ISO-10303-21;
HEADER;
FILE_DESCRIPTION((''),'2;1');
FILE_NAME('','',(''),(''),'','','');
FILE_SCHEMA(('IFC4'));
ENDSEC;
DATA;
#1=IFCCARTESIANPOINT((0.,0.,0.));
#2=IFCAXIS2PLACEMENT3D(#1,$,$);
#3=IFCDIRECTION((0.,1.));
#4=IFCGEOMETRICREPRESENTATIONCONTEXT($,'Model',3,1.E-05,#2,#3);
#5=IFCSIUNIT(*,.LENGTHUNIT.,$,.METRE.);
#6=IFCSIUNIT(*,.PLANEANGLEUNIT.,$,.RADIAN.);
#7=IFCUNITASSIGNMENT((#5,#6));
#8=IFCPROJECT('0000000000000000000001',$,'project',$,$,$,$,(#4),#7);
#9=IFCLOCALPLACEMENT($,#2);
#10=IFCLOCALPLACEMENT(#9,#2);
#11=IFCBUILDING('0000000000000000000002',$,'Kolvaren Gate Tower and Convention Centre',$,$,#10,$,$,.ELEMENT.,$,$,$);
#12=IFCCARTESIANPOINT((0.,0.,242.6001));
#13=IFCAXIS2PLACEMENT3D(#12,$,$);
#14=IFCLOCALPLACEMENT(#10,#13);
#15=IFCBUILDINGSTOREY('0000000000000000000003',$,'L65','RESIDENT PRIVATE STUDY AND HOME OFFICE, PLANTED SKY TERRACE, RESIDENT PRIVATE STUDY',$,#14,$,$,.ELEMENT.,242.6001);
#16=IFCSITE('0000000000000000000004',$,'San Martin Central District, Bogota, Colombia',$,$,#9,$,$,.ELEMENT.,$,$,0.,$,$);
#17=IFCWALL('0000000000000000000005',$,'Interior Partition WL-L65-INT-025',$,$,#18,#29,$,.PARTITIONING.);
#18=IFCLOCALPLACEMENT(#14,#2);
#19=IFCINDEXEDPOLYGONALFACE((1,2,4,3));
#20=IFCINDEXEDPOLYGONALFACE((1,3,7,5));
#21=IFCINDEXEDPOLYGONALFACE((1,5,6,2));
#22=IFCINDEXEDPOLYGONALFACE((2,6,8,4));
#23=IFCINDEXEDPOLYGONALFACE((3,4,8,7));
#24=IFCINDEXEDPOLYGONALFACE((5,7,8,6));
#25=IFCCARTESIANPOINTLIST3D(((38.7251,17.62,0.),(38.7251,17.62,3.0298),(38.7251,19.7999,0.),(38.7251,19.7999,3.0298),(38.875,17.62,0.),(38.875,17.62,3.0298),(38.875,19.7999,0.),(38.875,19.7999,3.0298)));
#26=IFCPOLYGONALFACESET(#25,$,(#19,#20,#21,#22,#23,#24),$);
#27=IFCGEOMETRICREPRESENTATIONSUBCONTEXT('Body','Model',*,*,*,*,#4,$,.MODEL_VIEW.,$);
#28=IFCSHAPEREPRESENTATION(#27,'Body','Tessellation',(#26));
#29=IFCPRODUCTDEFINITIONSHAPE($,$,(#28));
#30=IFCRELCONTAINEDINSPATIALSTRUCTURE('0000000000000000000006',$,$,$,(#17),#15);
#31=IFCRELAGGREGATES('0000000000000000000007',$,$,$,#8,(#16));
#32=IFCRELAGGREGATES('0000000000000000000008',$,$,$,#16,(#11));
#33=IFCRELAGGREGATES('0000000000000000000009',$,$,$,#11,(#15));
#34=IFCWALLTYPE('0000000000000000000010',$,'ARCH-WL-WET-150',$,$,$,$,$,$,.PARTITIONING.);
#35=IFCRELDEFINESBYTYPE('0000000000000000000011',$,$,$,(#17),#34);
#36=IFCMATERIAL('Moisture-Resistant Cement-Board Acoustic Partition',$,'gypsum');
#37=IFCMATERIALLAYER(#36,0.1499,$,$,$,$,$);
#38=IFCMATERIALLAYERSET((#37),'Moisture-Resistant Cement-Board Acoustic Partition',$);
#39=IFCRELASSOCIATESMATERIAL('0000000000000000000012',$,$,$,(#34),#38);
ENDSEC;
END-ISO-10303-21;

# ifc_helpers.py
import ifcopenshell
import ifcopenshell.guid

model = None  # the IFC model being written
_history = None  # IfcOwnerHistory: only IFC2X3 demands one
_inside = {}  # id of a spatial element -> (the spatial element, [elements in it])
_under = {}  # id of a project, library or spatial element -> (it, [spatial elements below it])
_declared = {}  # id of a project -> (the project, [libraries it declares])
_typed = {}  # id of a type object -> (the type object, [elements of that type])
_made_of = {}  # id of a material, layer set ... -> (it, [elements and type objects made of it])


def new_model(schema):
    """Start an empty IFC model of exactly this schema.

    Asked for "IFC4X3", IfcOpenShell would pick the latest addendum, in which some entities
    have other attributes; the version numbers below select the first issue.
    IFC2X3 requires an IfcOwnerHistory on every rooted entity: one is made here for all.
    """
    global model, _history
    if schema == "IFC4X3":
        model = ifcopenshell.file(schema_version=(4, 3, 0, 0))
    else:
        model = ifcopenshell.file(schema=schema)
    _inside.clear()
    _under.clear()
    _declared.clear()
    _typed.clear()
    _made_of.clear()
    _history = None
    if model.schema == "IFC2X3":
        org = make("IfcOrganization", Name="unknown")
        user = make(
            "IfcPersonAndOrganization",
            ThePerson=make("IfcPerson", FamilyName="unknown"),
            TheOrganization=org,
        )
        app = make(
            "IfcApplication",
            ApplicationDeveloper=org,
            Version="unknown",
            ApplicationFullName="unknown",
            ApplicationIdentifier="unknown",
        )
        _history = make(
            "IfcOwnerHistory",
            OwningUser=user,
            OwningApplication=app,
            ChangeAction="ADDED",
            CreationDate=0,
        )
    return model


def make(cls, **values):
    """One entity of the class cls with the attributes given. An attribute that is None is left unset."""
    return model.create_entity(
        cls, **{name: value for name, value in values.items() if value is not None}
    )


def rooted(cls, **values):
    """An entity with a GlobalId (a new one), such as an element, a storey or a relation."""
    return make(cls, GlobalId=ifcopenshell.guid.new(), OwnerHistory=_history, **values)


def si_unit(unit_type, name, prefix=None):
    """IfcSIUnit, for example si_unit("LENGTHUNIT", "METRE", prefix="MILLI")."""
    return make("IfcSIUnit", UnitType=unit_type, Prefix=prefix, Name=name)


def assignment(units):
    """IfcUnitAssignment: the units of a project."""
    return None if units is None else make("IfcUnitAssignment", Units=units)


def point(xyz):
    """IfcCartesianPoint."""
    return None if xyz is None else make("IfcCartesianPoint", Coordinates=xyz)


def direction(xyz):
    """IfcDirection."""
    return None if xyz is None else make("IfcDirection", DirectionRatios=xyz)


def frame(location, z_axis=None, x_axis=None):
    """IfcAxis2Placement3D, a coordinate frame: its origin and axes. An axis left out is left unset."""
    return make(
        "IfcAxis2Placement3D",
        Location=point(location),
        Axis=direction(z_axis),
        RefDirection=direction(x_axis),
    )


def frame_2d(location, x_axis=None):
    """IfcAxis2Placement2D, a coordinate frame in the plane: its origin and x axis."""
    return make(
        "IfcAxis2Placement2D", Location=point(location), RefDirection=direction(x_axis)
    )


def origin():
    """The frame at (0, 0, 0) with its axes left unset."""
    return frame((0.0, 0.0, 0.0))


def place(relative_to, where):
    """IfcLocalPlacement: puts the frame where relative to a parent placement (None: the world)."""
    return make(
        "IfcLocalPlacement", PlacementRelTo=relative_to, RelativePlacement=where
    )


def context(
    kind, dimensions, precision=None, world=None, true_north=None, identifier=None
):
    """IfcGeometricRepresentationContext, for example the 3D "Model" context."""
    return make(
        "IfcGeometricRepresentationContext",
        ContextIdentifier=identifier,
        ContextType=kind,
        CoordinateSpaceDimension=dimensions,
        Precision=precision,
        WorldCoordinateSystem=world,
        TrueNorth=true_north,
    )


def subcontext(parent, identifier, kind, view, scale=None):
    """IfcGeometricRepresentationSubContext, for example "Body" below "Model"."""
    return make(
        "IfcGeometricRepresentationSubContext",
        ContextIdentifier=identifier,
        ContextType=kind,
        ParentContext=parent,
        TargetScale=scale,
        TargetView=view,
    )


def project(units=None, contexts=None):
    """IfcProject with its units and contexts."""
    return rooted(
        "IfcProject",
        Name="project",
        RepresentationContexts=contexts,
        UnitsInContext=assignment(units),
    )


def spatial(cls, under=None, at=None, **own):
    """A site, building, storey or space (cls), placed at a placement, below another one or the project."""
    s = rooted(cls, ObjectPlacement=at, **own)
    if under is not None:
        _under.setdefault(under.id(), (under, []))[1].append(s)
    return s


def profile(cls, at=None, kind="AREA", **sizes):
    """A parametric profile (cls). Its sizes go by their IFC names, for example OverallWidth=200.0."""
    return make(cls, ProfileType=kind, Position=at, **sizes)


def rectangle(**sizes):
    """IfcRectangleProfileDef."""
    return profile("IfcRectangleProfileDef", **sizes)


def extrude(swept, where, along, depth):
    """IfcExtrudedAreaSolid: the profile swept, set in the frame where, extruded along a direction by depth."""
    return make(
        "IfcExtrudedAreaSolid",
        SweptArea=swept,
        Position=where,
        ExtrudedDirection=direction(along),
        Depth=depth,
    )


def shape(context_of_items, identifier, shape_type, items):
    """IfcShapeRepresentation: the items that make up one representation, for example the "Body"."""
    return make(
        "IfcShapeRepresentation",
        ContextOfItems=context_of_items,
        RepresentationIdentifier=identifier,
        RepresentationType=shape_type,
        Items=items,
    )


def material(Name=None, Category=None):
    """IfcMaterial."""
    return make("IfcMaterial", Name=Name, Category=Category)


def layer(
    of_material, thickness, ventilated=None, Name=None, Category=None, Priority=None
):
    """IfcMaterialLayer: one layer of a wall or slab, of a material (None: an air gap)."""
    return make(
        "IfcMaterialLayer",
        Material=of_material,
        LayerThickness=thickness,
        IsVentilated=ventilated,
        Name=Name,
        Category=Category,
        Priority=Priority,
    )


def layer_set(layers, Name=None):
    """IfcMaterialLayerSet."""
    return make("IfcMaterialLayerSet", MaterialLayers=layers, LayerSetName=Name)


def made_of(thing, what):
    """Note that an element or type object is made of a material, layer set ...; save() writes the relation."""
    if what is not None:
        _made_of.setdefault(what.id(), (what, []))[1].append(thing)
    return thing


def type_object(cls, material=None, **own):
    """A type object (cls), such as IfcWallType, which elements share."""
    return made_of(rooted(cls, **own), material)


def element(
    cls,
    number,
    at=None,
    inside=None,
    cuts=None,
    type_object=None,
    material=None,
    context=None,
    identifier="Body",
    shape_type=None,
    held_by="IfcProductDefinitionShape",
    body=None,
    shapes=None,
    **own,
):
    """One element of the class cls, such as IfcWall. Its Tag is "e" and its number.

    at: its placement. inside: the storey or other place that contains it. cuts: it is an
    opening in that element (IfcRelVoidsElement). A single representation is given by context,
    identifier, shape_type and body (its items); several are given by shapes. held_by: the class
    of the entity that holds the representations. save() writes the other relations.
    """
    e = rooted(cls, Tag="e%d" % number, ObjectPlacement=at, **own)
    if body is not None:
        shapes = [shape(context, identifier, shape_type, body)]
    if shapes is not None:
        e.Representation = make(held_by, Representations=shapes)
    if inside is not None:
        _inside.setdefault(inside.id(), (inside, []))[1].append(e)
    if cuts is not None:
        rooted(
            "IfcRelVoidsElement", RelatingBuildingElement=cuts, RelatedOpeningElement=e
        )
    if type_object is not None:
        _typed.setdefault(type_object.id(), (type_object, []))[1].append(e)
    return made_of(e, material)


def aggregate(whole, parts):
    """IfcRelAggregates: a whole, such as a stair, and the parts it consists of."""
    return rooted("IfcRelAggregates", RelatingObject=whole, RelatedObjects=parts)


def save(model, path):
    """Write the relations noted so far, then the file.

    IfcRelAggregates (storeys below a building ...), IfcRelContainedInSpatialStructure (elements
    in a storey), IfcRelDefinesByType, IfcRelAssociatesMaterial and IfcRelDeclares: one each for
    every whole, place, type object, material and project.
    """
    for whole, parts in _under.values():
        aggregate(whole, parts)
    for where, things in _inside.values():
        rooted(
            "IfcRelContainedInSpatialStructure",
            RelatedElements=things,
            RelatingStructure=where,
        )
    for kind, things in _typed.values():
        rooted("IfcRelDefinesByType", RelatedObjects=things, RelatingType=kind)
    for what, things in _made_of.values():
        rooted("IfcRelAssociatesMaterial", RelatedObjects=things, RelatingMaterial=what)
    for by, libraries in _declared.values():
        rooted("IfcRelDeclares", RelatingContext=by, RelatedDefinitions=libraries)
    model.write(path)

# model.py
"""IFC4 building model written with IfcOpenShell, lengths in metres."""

from ifc_helpers import new_model, si_unit, direction, frame, frame_2d, origin, place, context, subcontext, project, spatial, rectangle, extrude, material, layer, layer_set, type_object, element, save


model = new_model("IFC4")

# Units and contexts
model_context = context("Model", 3, precision=1e-05, world=origin(), true_north=direction((0.0, 1.0)))
body_context = subcontext(model_context, "Body", "Model", "MODEL_VIEW")
ifc_project = project(units=[si_unit("LENGTHUNIT", "METRE"), si_unit("PLANEANGLEUNIT", "RADIAN")], contexts=[model_context])

# Site, building, storey
site_placement = place(None, origin())
site = spatial("IfcSite", under=ifc_project, at=site_placement, Name="San Martin Central District, Bogota, Colombia", CompositionType="ELEMENT", RefElevation=0.0)
building_placement = place(site_placement, origin())
building = spatial("IfcBuilding", under=site, at=building_placement, Name="Kolvaren Gate Tower and Convention Centre", CompositionType="ELEMENT")
storey_placement = place(building_placement, frame((0.0, 0.0, 242.6001)))
storey = spatial("IfcBuildingStorey", under=building, at=storey_placement, Name="L65", Description="RESIDENT PRIVATE STUDY AND HOME OFFICE, PLANTED SKY TERRACE, RESIDENT PRIVATE STUDY", CompositionType="ELEMENT", Elevation=242.6001)

# Wall
ifc_material_1 = material(Name="Moisture-Resistant Cement-Board Acoustic Partition", Category="gypsum")
ifc_layer_1 = layer(ifc_material_1, 0.1499)
ifc_layer_set_1 = layer_set([ifc_layer_1], Name="Moisture-Resistant Cement-Board Acoustic Partition")
wall_type_1 = type_object("IfcWallType", Name="ARCH-WL-WET-150", PredefinedType="PARTITIONING", material=ifc_layer_set_1)
wall_1_placement = place(storey_placement, frame((38.8, 17.6201, 0.0), z_axis=(0.0, 0.0, 1.0), x_axis=(0.0, 1.0, 0.0)))
element("IfcWall", 1, at=wall_1_placement, inside=storey, type_object=wall_type_1, Name="Interior Partition WL-L65-INT-025", PredefinedType="PARTITIONING", context=body_context, shape_type="SweptSolid", body=[
    extrude(rectangle(XDim=2.1799, YDim=0.1499, at=frame_2d((1.0898, 0.0))), origin(), (0.0, 0.0, 1.0), 3.0298),
])

save(model, "model.ifc")
